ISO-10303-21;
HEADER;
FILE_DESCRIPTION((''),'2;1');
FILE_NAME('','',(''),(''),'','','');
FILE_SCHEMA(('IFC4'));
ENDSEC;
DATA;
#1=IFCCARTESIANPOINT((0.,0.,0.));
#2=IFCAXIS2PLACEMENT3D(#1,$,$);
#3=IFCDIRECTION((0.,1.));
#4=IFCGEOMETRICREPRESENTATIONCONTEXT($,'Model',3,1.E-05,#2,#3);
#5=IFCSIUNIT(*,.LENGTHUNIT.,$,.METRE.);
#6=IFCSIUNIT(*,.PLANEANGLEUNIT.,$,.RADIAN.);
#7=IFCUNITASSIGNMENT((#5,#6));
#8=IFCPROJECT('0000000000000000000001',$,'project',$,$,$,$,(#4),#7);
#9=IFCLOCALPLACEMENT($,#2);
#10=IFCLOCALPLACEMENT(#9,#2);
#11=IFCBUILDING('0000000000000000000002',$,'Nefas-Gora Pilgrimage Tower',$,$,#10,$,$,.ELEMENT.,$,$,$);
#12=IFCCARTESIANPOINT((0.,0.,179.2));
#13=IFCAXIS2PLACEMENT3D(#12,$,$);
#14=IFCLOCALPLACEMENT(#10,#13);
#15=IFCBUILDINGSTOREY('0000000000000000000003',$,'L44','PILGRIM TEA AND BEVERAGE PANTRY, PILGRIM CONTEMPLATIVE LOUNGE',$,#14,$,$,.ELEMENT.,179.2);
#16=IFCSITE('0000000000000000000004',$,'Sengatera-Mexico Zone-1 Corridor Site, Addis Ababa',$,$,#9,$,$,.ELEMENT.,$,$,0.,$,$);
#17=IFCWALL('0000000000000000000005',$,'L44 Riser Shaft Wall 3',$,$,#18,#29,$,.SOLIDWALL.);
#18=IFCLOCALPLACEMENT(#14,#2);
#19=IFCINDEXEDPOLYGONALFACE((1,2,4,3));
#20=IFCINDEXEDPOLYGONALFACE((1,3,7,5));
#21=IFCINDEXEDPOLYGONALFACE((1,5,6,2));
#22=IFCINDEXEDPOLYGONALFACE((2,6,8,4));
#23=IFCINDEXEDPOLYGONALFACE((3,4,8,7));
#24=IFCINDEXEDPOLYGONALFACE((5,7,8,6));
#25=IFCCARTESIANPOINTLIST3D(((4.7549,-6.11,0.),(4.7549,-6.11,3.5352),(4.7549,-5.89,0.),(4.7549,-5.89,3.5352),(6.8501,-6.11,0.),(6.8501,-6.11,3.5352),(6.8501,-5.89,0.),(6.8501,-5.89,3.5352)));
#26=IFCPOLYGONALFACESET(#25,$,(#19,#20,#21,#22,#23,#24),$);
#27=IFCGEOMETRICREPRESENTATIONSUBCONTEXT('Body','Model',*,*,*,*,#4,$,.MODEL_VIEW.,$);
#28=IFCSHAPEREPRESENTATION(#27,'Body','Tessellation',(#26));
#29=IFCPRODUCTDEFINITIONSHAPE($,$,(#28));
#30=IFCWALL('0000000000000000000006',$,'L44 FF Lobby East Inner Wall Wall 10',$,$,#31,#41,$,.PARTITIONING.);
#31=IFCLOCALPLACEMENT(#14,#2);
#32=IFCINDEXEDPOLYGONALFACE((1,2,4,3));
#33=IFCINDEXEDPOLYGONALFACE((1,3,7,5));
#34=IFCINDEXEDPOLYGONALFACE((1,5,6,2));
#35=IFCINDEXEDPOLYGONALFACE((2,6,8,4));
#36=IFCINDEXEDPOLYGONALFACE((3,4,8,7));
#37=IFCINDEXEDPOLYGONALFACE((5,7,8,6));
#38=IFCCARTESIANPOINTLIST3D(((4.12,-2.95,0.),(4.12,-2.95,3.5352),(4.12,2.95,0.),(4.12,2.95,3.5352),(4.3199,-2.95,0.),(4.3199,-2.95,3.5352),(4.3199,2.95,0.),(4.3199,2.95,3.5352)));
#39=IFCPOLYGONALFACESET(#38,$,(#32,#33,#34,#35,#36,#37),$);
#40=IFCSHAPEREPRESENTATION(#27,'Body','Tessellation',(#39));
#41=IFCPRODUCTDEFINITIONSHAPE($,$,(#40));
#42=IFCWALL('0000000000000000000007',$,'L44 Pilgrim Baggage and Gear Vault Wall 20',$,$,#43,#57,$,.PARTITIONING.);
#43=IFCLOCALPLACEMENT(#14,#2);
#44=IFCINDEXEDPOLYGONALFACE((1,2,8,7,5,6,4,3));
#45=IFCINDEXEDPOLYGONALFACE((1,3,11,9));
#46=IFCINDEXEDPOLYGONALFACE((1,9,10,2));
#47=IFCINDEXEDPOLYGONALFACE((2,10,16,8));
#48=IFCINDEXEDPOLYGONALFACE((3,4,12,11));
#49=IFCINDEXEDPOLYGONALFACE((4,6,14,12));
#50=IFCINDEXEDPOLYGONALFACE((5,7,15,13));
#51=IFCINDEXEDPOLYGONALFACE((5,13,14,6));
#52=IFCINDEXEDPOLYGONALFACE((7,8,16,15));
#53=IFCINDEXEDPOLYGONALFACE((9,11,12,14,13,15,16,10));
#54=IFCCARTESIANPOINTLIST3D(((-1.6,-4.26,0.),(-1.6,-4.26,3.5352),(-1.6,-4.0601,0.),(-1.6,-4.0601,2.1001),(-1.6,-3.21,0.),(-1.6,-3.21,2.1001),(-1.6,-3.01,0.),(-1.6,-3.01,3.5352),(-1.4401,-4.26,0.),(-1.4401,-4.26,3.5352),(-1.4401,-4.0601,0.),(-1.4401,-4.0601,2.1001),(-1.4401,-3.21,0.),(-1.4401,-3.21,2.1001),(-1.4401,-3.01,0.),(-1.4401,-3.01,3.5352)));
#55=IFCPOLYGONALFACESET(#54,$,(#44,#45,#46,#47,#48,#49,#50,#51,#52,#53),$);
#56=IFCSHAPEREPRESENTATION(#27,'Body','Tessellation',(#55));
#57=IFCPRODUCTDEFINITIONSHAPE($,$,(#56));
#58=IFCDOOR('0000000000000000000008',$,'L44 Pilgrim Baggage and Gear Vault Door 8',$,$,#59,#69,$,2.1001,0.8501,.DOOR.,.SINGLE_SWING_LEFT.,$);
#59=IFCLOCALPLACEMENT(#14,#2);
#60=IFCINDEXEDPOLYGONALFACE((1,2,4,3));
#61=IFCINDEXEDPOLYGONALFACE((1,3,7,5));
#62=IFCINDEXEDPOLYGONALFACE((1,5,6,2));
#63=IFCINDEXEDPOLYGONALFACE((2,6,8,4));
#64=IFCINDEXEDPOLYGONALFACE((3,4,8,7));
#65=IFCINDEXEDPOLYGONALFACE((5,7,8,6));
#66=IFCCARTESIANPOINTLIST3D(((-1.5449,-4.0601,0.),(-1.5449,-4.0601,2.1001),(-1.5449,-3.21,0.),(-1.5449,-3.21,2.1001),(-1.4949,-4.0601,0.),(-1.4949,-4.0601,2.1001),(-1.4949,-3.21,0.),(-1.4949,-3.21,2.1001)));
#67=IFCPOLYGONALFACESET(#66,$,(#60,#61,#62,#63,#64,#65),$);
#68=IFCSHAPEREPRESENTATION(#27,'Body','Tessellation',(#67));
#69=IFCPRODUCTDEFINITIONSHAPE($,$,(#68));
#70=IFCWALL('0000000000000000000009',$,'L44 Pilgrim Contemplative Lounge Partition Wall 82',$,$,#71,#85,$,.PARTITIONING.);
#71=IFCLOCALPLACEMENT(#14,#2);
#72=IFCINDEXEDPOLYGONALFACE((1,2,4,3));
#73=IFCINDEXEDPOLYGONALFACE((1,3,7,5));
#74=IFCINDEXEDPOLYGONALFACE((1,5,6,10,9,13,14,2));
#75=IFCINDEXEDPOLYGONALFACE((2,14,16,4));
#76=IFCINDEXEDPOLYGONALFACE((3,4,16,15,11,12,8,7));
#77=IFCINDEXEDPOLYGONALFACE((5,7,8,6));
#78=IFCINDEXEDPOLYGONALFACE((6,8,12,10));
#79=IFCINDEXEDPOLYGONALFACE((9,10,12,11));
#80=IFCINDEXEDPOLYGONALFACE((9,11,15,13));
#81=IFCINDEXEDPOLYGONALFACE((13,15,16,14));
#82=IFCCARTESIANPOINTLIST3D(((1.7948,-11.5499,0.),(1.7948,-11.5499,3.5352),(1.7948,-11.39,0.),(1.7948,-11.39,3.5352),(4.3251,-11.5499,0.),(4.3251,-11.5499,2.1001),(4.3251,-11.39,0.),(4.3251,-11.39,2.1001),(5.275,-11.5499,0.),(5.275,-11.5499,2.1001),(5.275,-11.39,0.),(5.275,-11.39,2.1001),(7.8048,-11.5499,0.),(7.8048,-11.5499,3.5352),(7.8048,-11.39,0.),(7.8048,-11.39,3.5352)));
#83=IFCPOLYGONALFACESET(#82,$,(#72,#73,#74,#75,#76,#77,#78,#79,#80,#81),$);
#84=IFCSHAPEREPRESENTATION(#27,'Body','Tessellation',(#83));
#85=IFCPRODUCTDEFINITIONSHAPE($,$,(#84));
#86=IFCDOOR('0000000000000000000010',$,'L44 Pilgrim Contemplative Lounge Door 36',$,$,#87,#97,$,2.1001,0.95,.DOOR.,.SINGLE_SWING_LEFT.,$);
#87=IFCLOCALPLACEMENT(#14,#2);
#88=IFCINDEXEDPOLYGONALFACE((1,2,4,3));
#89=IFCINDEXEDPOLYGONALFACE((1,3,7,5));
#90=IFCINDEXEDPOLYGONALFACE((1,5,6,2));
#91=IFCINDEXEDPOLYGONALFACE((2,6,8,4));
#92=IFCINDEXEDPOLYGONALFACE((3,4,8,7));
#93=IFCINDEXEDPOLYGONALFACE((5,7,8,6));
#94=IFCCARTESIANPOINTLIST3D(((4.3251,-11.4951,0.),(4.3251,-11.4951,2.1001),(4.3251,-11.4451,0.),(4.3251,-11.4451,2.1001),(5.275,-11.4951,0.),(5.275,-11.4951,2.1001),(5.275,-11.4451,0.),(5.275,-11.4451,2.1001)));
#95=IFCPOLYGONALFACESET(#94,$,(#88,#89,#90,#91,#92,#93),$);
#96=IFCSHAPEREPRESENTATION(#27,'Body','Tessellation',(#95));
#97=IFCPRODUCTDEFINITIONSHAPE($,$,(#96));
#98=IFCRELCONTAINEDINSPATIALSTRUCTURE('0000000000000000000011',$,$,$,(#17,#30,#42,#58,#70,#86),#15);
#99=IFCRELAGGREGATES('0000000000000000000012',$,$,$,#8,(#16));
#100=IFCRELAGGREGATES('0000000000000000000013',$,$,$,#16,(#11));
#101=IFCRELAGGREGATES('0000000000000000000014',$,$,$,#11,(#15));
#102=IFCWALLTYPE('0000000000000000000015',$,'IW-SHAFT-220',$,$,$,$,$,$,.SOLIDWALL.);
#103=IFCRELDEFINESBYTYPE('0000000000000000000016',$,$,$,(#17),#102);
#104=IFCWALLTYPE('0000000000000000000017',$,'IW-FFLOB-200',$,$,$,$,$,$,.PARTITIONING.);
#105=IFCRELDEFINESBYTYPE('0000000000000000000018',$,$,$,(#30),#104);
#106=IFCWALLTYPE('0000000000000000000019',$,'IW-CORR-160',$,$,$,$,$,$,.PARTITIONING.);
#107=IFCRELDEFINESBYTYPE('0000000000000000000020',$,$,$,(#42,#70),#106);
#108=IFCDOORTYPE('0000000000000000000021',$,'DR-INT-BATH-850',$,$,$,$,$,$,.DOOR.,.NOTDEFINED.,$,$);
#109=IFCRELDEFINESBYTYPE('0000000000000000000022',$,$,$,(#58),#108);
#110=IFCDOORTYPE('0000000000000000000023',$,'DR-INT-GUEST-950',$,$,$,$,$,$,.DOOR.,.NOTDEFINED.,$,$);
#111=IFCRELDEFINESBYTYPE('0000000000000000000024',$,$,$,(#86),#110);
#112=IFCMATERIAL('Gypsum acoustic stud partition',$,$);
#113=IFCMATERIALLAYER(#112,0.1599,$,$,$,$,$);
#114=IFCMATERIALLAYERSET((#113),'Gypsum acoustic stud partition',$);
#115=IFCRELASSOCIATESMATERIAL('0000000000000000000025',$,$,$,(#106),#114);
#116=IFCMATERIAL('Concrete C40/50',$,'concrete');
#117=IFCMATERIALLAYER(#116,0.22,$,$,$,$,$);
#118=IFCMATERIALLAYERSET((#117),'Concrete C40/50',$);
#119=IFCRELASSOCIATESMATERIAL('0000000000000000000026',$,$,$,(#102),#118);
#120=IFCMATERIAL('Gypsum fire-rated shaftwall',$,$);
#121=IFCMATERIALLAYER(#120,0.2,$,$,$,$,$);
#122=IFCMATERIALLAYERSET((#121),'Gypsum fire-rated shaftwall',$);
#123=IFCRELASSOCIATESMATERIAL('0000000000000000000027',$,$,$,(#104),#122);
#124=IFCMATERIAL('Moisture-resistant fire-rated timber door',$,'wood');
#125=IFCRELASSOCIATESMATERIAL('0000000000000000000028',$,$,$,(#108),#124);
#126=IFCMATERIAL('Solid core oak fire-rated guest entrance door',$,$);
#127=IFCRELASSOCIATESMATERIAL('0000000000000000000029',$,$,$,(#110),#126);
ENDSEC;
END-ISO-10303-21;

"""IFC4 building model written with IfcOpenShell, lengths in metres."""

from ifc_helpers import new_model, si_unit, direction, frame, frame_2d, origin, place, context, subcontext, project, spatial, rectangle, extrude, source, transform, mapped, material, layer, layer_set, type_object, element, fill, save


model = new_model("IFC4")

# Units and contexts
model_context = context("Model", 3, precision=1e-05, world=origin(), true_north=direction((0.0, 1.0)))
body_context = subcontext(model_context, "Body", "Model", "MODEL_VIEW")
ifc_project = project(units=[si_unit("LENGTHUNIT", "METRE"), si_unit("PLANEANGLEUNIT", "RADIAN")], contexts=[model_context])

# Site, building, storey
site_placement = place(None, origin())
site = spatial("IfcSite", under=ifc_project, at=site_placement, Name="Sengatera-Mexico Zone-1 Corridor Site, Addis Ababa", CompositionType="ELEMENT", RefElevation=0.0)
building_placement = place(site_placement, origin())
building = spatial("IfcBuilding", under=site, at=building_placement, Name="Nefas-Gora Pilgrimage Tower", CompositionType="ELEMENT")
storey_placement = place(building_placement, frame((0.0, 0.0, 179.2)))
storey = spatial("IfcBuildingStorey", under=building, at=storey_placement, Name="L44", Description="PILGRIM TEA AND BEVERAGE PANTRY, PILGRIM CONTEMPLATIVE LOUNGE", CompositionType="ELEMENT", Elevation=179.2)

# Shared definitions
ifc_material_1 = material(Name="Gypsum acoustic stud partition")
ifc_layer_1 = layer(ifc_material_1, 0.1599)
ifc_layer_set_1 = layer_set([ifc_layer_1], Name="Gypsum acoustic stud partition")
wall_type_1 = type_object("IfcWallType", Name="IW-CORR-160", PredefinedType="PARTITIONING", material=ifc_layer_set_1)
ifc_material_2 = material(Name="Concrete C40/50", Category="concrete")
ifc_layer_2 = layer(ifc_material_2, 0.22)
ifc_layer_set_2 = layer_set([ifc_layer_2], Name="Concrete C40/50")
wall_type_2 = type_object("IfcWallType", Name="IW-SHAFT-220", PredefinedType="SOLIDWALL", material=ifc_layer_set_2)

# Walls
shared_shape_1 = source(origin(), body_context, "Body", "SweptSolid", [
    extrude(rectangle(XDim=2.0952, YDim=0.22, at=frame_2d((1.0476, 0.0))), origin(), (0.0, 0.0, 1.0), 3.5352),
])
wall_1_placement = place(storey_placement, frame((4.7549, -6.0, 0.0), z_axis=(0.0, 0.0, 1.0), x_axis=(1.0, 0.0, 0.0)))
element("IfcWall", 1, at=wall_1_placement, inside=storey, type_object=wall_type_2, Name="L44 Riser Shaft Wall 3", PredefinedType="SOLIDWALL", context=body_context, shape_type="MappedRepresentation", body=[
    mapped(shared_shape_1, transform((0.0, 0.0, 0.0), x_axis=(1.0, 0.0, 0.0), y_axis=(0.0, 1.0, 0.0), z_axis=(0.0, 0.0, 1.0), scale=1.0)),
])
ifc_material_3 = material(Name="Gypsum fire-rated shaftwall")
ifc_layer_3 = layer(ifc_material_3, 0.2)
ifc_layer_set_3 = layer_set([ifc_layer_3], Name="Gypsum fire-rated shaftwall")
wall_type_3 = type_object("IfcWallType", Name="IW-FFLOB-200", PredefinedType="PARTITIONING", material=ifc_layer_set_3)
shared_shape_2 = source(origin(), body_context, "Body", "SweptSolid", [
    extrude(rectangle(XDim=5.8999, YDim=0.2, at=frame_2d((2.95, 0.0))), origin(), (0.0, 0.0, 1.0), 3.5352),
])
wall_2_placement = place(storey_placement, frame((4.22, -2.95, 0.0), z_axis=(0.0, 0.0, 1.0), x_axis=(0.0, 1.0, 0.0)))
element("IfcWall", 2, at=wall_2_placement, inside=storey, type_object=wall_type_3, Name="L44 FF Lobby East Inner Wall Wall 10", PredefinedType="PARTITIONING", context=body_context, shape_type="MappedRepresentation", body=[
    mapped(shared_shape_2, transform((0.0, 0.0, 0.0), x_axis=(1.0, 0.0, 0.0), y_axis=(0.0, 1.0, 0.0), z_axis=(0.0, 0.0, 1.0), scale=1.0)),
])

# Walls, openings, doors
shared_shape_3 = source(origin(), body_context, "Body", "SweptSolid", [
    extrude(rectangle(XDim=1.25, YDim=0.1599, at=frame_2d((0.625, 0.0))), origin(), (0.0, 0.0, 1.0), 3.5352),
])
wall_3_placement = place(storey_placement, frame((-1.52, -4.26, 0.0), z_axis=(0.0, 0.0, 1.0), x_axis=(0.0, 1.0, 0.0)))
wall_3 = element("IfcWall", 3, at=wall_3_placement, inside=storey, type_object=wall_type_1, Name="L44 Pilgrim Baggage and Gear Vault Wall 20", PredefinedType="PARTITIONING", context=body_context, shape_type="MappedRepresentation", body=[
    mapped(shared_shape_3, transform((0.0, 0.0, 0.0), x_axis=(1.0, 0.0, 0.0), y_axis=(0.0, 1.0, 0.0), z_axis=(0.0, 0.0, 1.0), scale=1.0)),
])
opening_1_placement = place(wall_3_placement, frame((0.2, 0.0, 0.0)))
opening_1 = element("IfcOpeningElement", 4, at=opening_1_placement, cuts=wall_3, PredefinedType="OPENING", context=body_context, shape_type="SweptSolid", body=[
    extrude(rectangle(XDim=0.8501, YDim=2.1001, at=frame_2d((0.425, 1.05))), frame((0.0, 0.0898, 0.0), z_axis=(0.0, -1.0, 0.0), x_axis=(1.0, 0.0, 0.0)), (0.0, 0.0, 1.0), 0.1799),
])
ifc_material_4 = material(Name="Moisture-resistant fire-rated timber door", Category="wood")
door_type_1 = type_object("IfcDoorType", Name="DR-INT-BATH-850", OperationType="NOTDEFINED", PredefinedType="DOOR", material=ifc_material_4)
shared_shape_4 = source(origin(), body_context, "Body", "SweptSolid", [
    extrude(rectangle(XDim=0.8501, YDim=2.1001, at=frame_2d((0.425, 1.05))), frame((0.0, 0.0249, 0.0), z_axis=(0.0, -1.0, 0.0), x_axis=(1.0, 0.0, 0.0)), (0.0, 0.0, 1.0), 0.05),
])
door_1_placement = place(opening_1_placement, origin())
door_1 = element("IfcDoor", 5, at=door_1_placement, inside=storey, type_object=door_type_1, Name="L44 Pilgrim Baggage and Gear Vault Door 8", OperationType="SINGLE_SWING_LEFT", OverallHeight=2.1001, OverallWidth=0.8501, PredefinedType="DOOR", context=body_context, shape_type="MappedRepresentation", body=[
    mapped(shared_shape_4, transform((0.0, 0.0, 0.0), x_axis=(1.0, 0.0, 0.0), y_axis=(0.0, 1.0, 0.0), z_axis=(0.0, 0.0, 1.0), scale=1.0)),
])
fill(opening_1, door_1)
shared_shape_5 = source(origin(), body_context, "Body", "SweptSolid", [
    extrude(rectangle(XDim=6.01, YDim=0.1599, at=frame_2d((3.0049, 0.0))), origin(), (0.0, 0.0, 1.0), 3.5352),
])
wall_4_placement = place(storey_placement, frame((1.7949, -11.47, 0.0), z_axis=(0.0, 0.0, 1.0), x_axis=(1.0, 0.0, 0.0)))
wall_4 = element("IfcWall", 6, at=wall_4_placement, inside=storey, type_object=wall_type_1, Name="L44 Pilgrim Contemplative Lounge Partition Wall 82", PredefinedType="PARTITIONING", context=body_context, shape_type="MappedRepresentation", body=[
    mapped(shared_shape_5, transform((0.0, 0.0, 0.0), x_axis=(1.0, 0.0, 0.0), y_axis=(0.0, 1.0, 0.0), z_axis=(0.0, 0.0, 1.0), scale=1.0)),
])
opening_2_placement = place(wall_4_placement, frame((2.53, 0.0, 0.0)))
opening_2 = element("IfcOpeningElement", 7, at=opening_2_placement, cuts=wall_4, PredefinedType="OPENING", context=body_context, shape_type="SweptSolid", body=[
    extrude(rectangle(XDim=0.95, YDim=2.1001, at=frame_2d((0.4751, 1.05))), frame((0.0, 0.0898, 0.0), z_axis=(0.0, -1.0, 0.0), x_axis=(1.0, 0.0, 0.0)), (0.0, 0.0, 1.0), 0.1799),
])
ifc_material_5 = material(Name="Solid core oak fire-rated guest entrance door")
door_type_2 = type_object("IfcDoorType", Name="DR-INT-GUEST-950", OperationType="NOTDEFINED", PredefinedType="DOOR", material=ifc_material_5)
shared_shape_6 = source(origin(), body_context, "Body", "SweptSolid", [
    extrude(rectangle(XDim=0.95, YDim=2.1001, at=frame_2d((0.4751, 1.05))), frame((0.0, 0.0249, 0.0), z_axis=(0.0, -1.0, 0.0), x_axis=(1.0, 0.0, 0.0)), (0.0, 0.0, 1.0), 0.05),
])
door_2_placement = place(opening_2_placement, origin())
door_2 = element("IfcDoor", 8, at=door_2_placement, inside=storey, type_object=door_type_2, Name="L44 Pilgrim Contemplative Lounge Door 36", OperationType="SINGLE_SWING_LEFT", OverallHeight=2.1001, OverallWidth=0.95, PredefinedType="DOOR", context=body_context, shape_type="MappedRepresentation", body=[
    mapped(shared_shape_6, transform((0.0, 0.0, 0.0), x_axis=(1.0, 0.0, 0.0), y_axis=(0.0, 1.0, 0.0), z_axis=(0.0, 0.0, 1.0), scale=1.0)),
])
fill(opening_2, door_2)

save(model, "model.ifc")
